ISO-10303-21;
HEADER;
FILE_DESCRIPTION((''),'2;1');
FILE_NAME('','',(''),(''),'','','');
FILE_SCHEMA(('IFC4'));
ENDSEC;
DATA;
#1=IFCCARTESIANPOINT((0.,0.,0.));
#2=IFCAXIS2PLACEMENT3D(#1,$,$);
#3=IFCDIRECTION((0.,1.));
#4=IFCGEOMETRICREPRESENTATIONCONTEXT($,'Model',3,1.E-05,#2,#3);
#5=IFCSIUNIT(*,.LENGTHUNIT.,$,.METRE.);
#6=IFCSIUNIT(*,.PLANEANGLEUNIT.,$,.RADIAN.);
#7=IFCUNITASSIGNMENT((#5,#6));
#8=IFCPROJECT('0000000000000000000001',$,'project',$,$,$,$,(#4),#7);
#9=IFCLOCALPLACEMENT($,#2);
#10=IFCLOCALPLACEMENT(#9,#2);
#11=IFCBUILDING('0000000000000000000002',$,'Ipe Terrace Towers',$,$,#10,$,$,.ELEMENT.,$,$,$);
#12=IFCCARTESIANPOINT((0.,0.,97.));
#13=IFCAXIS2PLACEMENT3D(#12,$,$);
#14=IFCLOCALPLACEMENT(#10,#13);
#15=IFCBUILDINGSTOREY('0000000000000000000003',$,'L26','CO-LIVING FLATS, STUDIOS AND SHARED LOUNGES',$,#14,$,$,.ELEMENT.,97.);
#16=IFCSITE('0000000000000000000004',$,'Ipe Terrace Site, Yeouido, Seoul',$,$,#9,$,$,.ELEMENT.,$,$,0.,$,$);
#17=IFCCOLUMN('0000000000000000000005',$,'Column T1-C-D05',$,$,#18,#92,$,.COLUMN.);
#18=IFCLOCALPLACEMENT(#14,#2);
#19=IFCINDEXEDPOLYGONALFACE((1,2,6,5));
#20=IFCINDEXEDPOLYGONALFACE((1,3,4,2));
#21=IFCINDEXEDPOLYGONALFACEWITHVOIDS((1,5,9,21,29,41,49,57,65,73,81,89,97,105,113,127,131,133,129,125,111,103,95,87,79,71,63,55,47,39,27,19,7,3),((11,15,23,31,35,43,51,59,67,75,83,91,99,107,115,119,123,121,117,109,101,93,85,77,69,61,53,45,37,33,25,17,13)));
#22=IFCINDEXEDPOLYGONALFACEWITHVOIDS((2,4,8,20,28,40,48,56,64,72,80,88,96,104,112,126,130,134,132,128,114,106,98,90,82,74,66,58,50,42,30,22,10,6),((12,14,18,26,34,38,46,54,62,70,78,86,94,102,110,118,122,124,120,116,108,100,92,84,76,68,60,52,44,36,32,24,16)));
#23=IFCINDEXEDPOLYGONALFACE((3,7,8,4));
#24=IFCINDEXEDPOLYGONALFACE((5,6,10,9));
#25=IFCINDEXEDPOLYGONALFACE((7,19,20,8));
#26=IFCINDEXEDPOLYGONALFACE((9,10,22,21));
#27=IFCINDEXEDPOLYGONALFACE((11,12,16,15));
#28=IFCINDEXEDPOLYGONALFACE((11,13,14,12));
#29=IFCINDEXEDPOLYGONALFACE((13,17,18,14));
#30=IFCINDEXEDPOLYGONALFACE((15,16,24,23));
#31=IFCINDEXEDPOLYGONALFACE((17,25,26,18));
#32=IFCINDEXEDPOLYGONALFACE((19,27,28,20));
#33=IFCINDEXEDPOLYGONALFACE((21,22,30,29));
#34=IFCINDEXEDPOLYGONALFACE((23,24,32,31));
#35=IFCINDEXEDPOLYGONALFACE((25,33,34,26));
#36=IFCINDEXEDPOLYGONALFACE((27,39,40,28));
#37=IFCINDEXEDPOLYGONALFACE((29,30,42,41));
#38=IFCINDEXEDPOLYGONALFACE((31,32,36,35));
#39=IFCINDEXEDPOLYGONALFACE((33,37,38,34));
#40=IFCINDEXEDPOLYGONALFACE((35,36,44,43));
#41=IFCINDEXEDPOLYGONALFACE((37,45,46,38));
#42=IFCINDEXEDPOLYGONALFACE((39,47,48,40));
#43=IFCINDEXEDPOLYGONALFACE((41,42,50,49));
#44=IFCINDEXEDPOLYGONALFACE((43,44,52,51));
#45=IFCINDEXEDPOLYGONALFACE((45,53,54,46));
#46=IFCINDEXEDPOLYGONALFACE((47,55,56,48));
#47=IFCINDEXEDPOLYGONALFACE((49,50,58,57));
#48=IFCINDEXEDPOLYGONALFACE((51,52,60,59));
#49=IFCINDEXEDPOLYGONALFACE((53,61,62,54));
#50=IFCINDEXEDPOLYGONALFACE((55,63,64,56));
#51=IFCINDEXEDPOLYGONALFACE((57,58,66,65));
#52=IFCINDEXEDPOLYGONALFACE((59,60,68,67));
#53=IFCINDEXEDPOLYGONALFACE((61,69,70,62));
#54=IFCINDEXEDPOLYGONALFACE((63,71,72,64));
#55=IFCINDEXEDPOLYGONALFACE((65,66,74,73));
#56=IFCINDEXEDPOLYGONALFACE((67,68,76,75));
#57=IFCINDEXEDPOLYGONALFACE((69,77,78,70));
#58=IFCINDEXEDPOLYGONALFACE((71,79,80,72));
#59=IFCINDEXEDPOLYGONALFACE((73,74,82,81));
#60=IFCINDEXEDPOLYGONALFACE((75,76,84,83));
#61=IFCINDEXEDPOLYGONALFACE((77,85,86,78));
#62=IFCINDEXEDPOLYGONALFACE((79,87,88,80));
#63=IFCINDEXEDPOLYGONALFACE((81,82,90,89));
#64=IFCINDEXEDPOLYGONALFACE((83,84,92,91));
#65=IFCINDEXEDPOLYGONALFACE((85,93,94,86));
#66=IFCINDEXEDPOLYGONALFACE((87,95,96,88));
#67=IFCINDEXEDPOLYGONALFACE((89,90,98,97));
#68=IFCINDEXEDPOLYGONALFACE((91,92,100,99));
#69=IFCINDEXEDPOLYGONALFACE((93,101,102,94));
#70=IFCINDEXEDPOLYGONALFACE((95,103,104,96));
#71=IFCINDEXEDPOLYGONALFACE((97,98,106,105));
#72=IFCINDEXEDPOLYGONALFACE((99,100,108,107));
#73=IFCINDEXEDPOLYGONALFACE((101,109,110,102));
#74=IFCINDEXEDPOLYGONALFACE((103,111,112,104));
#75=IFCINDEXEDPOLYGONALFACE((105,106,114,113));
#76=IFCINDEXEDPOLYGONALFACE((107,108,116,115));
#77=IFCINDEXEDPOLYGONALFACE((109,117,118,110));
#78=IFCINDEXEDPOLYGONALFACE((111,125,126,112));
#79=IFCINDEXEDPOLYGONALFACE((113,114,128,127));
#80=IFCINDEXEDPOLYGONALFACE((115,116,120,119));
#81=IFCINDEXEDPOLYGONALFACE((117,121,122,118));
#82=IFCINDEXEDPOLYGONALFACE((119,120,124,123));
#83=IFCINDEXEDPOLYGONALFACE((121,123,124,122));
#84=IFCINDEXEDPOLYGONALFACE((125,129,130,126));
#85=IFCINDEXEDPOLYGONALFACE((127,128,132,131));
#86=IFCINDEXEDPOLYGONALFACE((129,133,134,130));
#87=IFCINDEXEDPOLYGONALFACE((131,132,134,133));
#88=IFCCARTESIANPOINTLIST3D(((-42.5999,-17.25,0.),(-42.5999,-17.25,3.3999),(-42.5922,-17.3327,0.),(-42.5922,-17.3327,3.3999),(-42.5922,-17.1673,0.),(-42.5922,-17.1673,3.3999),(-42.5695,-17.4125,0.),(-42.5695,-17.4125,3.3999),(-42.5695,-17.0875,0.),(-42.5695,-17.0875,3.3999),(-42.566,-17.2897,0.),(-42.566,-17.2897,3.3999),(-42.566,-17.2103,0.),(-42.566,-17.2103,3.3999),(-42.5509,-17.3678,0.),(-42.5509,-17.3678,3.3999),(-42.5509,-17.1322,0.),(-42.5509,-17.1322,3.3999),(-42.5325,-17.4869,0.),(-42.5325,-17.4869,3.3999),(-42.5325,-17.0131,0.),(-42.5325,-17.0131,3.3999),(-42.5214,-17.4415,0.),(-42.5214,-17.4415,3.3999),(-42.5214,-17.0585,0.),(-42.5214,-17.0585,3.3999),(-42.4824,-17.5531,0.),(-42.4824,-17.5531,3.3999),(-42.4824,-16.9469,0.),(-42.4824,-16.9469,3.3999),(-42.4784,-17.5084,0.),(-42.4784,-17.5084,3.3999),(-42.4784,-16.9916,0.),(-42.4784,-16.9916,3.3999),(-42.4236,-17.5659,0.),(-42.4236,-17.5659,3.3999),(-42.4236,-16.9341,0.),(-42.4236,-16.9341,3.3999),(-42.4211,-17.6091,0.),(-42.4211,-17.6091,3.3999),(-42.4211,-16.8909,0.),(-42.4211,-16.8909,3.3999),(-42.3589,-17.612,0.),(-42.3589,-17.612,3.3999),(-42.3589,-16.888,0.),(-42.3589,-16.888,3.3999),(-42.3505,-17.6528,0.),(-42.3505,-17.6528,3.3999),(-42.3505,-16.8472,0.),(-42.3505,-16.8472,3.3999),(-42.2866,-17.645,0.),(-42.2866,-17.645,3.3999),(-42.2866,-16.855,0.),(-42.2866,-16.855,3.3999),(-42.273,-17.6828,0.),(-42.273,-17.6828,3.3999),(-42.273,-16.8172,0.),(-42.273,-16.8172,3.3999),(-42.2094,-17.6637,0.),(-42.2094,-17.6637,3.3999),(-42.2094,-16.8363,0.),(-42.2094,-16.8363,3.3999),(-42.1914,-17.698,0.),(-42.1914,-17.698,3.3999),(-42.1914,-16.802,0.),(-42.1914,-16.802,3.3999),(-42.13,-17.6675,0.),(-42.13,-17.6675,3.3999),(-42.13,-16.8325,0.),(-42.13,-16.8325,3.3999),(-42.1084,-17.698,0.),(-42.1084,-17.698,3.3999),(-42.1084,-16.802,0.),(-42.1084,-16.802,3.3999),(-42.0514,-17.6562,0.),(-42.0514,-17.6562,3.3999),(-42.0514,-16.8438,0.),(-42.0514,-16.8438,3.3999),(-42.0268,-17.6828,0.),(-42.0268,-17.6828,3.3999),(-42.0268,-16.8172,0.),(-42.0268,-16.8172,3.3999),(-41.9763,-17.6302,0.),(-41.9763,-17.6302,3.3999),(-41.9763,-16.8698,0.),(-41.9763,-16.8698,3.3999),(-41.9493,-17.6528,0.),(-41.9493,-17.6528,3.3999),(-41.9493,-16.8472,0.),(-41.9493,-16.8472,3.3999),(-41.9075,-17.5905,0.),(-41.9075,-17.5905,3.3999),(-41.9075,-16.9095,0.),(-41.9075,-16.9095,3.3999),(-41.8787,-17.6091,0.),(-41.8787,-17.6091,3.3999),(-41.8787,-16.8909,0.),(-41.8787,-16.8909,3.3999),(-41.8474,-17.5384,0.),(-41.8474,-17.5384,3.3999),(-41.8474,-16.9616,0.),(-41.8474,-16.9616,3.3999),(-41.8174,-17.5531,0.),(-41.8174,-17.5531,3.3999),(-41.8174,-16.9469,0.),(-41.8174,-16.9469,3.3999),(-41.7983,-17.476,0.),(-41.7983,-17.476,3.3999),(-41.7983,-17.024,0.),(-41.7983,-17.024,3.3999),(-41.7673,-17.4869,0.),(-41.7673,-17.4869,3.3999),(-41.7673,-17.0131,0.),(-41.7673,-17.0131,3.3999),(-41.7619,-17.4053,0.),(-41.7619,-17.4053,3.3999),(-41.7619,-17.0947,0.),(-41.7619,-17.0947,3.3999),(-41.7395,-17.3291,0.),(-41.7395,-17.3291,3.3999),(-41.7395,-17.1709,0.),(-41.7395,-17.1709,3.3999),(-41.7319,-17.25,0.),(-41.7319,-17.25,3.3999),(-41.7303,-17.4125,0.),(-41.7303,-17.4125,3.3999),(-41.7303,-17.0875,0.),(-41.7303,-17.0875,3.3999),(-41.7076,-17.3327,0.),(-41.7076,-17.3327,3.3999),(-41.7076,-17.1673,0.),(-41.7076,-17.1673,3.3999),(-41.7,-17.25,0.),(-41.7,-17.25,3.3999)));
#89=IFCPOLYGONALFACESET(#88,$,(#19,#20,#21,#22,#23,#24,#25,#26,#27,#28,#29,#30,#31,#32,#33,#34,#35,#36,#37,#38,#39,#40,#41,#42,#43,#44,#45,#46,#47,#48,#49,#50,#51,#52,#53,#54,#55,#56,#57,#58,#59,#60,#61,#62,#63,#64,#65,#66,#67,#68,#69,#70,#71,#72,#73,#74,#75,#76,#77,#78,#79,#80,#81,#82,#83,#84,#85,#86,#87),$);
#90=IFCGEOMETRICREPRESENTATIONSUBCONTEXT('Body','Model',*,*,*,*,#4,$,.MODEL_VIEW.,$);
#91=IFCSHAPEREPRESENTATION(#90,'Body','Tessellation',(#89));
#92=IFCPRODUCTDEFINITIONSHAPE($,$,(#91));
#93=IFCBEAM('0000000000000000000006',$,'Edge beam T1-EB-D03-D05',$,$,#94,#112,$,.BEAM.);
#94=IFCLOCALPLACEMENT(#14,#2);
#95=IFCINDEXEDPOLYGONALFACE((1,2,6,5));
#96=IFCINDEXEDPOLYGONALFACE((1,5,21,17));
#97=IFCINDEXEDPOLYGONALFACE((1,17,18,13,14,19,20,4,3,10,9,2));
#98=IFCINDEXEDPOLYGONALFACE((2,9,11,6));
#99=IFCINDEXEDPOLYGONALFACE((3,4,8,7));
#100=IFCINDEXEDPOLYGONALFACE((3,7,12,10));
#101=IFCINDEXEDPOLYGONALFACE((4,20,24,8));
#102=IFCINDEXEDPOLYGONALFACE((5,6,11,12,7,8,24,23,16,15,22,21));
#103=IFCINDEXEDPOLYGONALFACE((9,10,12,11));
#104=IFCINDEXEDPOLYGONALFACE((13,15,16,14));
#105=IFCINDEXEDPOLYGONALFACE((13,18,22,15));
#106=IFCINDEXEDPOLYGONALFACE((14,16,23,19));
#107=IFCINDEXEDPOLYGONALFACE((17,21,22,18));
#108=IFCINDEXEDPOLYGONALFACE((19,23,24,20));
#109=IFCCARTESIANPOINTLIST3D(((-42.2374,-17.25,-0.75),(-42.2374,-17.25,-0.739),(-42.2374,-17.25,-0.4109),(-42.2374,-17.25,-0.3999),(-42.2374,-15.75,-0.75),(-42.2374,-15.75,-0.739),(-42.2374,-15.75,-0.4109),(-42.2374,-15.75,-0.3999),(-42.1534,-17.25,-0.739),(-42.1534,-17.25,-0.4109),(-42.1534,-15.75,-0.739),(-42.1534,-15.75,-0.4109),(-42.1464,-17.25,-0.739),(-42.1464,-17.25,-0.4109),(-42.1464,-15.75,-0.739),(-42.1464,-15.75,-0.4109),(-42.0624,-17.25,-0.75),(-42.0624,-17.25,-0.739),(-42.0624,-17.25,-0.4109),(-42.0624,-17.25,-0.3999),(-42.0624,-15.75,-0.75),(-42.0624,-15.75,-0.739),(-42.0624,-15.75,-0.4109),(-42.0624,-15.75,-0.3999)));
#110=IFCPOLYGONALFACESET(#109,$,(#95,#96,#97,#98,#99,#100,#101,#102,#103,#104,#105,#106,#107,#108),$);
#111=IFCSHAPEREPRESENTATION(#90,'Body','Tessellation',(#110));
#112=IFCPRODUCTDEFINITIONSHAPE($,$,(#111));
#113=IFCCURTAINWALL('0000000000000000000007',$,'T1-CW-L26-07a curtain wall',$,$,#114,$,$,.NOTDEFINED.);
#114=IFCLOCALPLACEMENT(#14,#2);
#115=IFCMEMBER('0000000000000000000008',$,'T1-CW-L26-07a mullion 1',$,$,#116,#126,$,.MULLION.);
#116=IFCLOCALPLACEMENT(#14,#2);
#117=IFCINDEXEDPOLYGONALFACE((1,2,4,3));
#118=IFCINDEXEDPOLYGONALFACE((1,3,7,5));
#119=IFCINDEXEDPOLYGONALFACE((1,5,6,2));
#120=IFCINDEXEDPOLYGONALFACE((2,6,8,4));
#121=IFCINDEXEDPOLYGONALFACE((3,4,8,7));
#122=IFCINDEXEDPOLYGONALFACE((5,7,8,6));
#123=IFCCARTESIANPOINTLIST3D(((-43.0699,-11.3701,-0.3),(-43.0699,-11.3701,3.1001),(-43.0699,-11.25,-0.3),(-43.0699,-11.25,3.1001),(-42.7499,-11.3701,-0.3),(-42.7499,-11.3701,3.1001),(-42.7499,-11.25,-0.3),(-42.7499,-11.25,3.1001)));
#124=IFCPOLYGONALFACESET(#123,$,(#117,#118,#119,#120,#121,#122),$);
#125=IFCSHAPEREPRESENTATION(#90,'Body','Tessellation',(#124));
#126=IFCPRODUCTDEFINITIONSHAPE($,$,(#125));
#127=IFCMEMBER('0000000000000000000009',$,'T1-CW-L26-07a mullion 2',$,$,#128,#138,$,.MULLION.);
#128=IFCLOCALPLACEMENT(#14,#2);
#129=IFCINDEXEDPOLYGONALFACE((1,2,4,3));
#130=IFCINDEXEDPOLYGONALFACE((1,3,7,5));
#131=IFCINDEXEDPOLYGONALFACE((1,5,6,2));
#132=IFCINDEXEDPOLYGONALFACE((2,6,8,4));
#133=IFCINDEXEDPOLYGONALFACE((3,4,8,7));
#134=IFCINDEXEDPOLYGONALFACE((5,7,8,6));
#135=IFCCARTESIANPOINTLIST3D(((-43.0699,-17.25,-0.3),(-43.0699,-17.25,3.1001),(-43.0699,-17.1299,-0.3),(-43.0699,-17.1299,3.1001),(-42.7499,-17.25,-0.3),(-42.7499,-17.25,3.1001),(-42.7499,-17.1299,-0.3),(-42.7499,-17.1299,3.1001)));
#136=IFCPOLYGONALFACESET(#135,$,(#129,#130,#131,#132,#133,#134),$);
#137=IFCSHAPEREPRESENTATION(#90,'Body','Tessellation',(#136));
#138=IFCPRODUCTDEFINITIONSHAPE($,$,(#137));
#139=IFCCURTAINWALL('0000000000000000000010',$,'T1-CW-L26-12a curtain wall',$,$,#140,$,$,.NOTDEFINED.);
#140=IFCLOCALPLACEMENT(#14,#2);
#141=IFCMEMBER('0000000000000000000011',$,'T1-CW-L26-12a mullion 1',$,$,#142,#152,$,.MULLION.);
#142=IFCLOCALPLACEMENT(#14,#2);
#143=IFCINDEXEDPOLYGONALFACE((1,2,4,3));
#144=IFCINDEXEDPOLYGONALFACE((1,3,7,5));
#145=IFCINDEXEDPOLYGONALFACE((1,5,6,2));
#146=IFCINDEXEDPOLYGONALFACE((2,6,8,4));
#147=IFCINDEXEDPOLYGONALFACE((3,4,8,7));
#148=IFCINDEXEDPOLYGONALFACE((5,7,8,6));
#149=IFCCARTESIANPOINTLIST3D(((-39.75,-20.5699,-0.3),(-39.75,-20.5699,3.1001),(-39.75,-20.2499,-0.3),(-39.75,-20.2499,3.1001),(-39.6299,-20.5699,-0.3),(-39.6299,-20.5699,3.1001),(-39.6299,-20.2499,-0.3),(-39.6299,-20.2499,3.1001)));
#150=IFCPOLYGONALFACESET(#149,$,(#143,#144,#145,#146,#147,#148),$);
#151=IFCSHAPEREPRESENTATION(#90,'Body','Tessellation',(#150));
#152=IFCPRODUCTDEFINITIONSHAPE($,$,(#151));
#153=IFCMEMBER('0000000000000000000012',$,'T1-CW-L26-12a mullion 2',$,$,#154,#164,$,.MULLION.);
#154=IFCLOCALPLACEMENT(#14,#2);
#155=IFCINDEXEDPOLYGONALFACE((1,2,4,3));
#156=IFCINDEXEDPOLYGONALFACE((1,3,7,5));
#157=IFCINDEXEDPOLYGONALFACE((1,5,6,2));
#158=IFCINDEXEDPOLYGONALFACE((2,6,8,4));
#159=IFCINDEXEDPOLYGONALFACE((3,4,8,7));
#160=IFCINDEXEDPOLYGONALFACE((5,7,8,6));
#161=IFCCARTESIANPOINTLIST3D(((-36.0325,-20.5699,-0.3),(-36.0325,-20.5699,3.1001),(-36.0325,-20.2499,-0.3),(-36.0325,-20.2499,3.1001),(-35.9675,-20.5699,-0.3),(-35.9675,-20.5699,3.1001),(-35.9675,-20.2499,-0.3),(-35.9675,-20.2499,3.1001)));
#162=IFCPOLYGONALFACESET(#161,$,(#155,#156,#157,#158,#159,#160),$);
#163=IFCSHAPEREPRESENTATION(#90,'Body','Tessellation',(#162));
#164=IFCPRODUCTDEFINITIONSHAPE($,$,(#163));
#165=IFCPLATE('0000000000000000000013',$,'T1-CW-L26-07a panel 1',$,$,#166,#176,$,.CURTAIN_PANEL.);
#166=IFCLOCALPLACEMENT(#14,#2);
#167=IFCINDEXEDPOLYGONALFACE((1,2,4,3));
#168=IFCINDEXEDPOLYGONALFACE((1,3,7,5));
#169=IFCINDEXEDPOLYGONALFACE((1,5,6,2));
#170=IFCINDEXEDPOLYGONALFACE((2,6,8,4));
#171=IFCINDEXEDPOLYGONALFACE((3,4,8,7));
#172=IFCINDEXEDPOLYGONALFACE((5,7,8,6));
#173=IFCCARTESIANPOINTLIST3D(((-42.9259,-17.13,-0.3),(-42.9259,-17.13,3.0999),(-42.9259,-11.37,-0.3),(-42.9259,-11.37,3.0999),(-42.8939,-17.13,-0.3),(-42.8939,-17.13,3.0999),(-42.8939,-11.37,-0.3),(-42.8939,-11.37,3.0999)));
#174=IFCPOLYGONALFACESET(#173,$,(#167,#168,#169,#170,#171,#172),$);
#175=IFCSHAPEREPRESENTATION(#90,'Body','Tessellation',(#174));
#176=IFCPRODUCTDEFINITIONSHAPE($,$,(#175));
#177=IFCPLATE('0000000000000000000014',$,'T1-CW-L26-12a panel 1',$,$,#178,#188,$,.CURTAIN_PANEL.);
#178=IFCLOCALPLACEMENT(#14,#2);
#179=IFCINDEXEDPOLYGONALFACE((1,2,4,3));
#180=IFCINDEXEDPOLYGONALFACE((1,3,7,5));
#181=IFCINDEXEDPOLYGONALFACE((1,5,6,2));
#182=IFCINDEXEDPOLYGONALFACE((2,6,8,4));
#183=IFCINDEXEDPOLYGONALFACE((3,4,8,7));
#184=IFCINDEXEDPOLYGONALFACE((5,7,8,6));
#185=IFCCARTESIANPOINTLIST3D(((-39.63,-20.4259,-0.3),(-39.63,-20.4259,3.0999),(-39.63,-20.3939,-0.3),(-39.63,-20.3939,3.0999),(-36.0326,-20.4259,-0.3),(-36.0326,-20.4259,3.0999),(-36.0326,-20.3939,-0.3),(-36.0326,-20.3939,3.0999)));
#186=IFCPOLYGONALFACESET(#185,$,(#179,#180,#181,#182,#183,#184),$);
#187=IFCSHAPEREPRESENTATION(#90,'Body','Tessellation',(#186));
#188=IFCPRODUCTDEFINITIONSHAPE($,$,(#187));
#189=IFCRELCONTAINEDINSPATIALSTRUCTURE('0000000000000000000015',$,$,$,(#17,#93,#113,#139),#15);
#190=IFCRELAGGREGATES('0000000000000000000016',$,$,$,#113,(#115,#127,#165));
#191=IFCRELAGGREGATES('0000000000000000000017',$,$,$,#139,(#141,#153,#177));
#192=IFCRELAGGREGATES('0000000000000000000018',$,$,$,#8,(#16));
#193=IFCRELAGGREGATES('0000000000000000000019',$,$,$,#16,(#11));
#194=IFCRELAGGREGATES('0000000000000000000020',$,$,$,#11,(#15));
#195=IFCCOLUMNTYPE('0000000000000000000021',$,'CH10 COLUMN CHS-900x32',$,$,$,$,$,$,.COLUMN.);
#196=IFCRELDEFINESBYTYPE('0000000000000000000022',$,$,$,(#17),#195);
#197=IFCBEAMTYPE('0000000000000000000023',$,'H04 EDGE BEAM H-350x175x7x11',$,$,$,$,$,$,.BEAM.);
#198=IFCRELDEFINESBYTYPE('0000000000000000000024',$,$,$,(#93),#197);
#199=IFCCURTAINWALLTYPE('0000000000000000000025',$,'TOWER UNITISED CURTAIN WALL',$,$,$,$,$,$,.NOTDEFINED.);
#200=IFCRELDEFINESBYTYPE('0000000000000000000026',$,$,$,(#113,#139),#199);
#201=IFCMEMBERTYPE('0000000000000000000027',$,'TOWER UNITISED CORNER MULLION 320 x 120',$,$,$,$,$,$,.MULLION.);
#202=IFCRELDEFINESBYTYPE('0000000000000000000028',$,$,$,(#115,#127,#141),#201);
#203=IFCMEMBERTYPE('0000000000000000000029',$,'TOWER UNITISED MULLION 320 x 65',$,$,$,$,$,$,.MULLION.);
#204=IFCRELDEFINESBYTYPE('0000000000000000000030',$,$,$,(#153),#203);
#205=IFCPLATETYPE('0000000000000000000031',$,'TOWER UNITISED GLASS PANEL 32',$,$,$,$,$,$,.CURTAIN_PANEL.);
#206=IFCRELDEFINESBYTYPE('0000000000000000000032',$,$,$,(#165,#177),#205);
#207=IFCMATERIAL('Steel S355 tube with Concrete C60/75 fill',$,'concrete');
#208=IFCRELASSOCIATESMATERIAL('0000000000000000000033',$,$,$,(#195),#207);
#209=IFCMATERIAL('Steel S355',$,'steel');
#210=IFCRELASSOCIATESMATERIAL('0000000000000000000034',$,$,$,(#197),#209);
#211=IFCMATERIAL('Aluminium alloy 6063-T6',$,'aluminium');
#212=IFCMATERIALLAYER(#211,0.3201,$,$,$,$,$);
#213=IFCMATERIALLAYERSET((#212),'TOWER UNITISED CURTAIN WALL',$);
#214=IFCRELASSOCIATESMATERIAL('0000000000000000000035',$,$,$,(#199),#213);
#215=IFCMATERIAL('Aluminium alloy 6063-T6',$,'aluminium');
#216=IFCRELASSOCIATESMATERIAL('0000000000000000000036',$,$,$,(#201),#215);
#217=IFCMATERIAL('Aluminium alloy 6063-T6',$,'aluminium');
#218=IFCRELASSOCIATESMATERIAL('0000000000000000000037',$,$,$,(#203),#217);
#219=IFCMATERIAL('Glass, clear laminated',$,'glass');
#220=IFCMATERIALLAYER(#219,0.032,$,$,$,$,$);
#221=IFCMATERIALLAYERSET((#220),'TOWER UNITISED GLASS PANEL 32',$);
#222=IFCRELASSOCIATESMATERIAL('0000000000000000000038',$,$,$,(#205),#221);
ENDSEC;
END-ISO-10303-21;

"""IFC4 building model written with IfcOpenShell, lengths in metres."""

from ifc_helpers import new_model, si_unit, direction, frame, origin, origin_2d, place, context, subcontext, project, spatial, rectangle, hollow_circle, i_section, extrude, material, layer, layer_set, material_profile, profile_set, type_object, element, aggregate, save


model = new_model("IFC4")

# Units and contexts
model_context = context("Model", 3, precision=1e-05, world=origin(), true_north=direction((0.0, 1.0)))
body_context = subcontext(model_context, "Body", "Model", "MODEL_VIEW")
ifc_project = project(units=[si_unit("LENGTHUNIT", "METRE"), si_unit("PLANEANGLEUNIT", "RADIAN")], contexts=[model_context])

# Site, building, storey
site_placement = place(None, origin())
site = spatial("IfcSite", under=ifc_project, at=site_placement, Name="Ipe Terrace Site, Yeouido, Seoul", CompositionType="ELEMENT", RefElevation=0.0)
building_placement = place(site_placement, origin())
building = spatial("IfcBuilding", under=site, at=building_placement, Name="Ipe Terrace Towers", CompositionType="ELEMENT")
storey_placement = place(building_placement, frame((0.0, 0.0, 97.0)))
storey = spatial("IfcBuildingStorey", under=building, at=storey_placement, Name="L26", Description="CO-LIVING FLATS, STUDIOS AND SHARED LOUNGES", CompositionType="ELEMENT", Elevation=97.0)

# Column
ifc_material_1 = material(Name="Steel S355 tube with Concrete C60/75 fill", Category="concrete")
ifc_material_profile_1 = material_profile(ifc_material_1, hollow_circle(Radius=0.45, WallThickness=0.032, at=origin_2d()), Name="CHS-900x32")
ifc_profile_set_1 = profile_set([ifc_material_profile_1], Name="Steel S355 tube with Concrete C60/75 fill")
column_type_1 = type_object("IfcColumnType", Name="CH10 COLUMN CHS-900x32", PredefinedType="COLUMN", material=ifc_profile_set_1)
for number, where, z_axis, x_axis, name in (
    (1, (-42.1499, -17.25, 0.0), (0.0, 0.0, 1.0), (1.0, 0.0, 0.0), "Column T1-C-D05"),
):
    element("IfcColumn", number, at=place(storey_placement, frame(where, z_axis=z_axis, x_axis=x_axis)), inside=storey, type_object=column_type_1, Name=name, PredefinedType="COLUMN", context=body_context, shape_type="SweptSolid", body=[
        extrude(hollow_circle(Radius=0.45, WallThickness=0.032, at=origin_2d()), origin(), (0.0, 0.0, 1.0), 3.3999),
    ])

# Beam
ifc_material_2 = material(Name="Steel S355", Category="steel")
ifc_material_profile_2 = material_profile(ifc_material_2, i_section(OverallWidth=0.175, OverallDepth=0.3501, WebThickness=0.0071, FlangeThickness=0.011, at=origin_2d()), Name="H-350x175x7x11")
ifc_profile_set_2 = profile_set([ifc_material_profile_2], Name="Steel S355")
beam_type = type_object("IfcBeamType", Name="H04 EDGE BEAM H-350x175x7x11", PredefinedType="BEAM", material=ifc_profile_set_2)
beam_placement = place(storey_placement, frame((-42.1499, -15.75, -0.575), z_axis=(0.0, -1.0, 0.0), x_axis=(1.0, 0.0, 0.0)))
element("IfcBeam", 2, at=beam_placement, inside=storey, type_object=beam_type, Name="Edge beam T1-EB-D03-D05", PredefinedType="BEAM", context=body_context, shape_type="SweptSolid", body=[
    extrude(i_section(OverallWidth=0.175, OverallDepth=0.3501, WebThickness=0.0071, FlangeThickness=0.011, at=origin_2d()), origin(), (0.0, 0.0, 1.0), 1.5),
])

# Curtain walls, members
ifc_material_3 = material(Name="Aluminium alloy 6063-T6", Category="aluminium")
ifc_layer_1 = layer(ifc_material_3, 0.3201)
ifc_layer_set_1 = layer_set([ifc_layer_1], Name="TOWER UNITISED CURTAIN WALL")
curtain_wall_type = type_object("IfcCurtainWallType", Name="TOWER UNITISED CURTAIN WALL", PredefinedType="NOTDEFINED", material=ifc_layer_set_1)
curtain_wall_1_placement = place(storey_placement, origin())
curtain_wall_1 = element("IfcCurtainWall", 3, at=curtain_wall_1_placement, inside=storey, type_object=curtain_wall_type, Name="T1-CW-L26-07a curtain wall", PredefinedType="NOTDEFINED")
ifc_material_4 = material(Name="Aluminium alloy 6063-T6", Category="aluminium")
ifc_material_profile_3 = material_profile(ifc_material_4, rectangle(XDim=0.3201, YDim=0.1201, at=origin_2d()), Name="TOWER UNITISED CORNER MULLION 320 x 120")
ifc_profile_set_3 = profile_set([ifc_material_profile_3], Name="Aluminium alloy 6063-T6")
member_type_1 = type_object("IfcMemberType", Name="TOWER UNITISED CORNER MULLION 320 x 120", PredefinedType="MULLION", material=ifc_profile_set_3)
member_1_placement = place(storey_placement, frame((-42.9099, -11.3101, -0.3), z_axis=(0.0, 0.0, 1.0), x_axis=(-1.0, 0.0, 0.0)))
member_1 = element("IfcMember", 4, at=member_1_placement, type_object=member_type_1, Name="T1-CW-L26-07a mullion 1", PredefinedType="MULLION", context=body_context, shape_type="SweptSolid", body=[
    extrude(rectangle(XDim=0.3201, YDim=0.1201, at=origin_2d()), origin(), (0.0, 0.0, 1.0), 3.4001),
])
member_2_placement = place(storey_placement, frame((-42.9099, -17.1899, -0.3), z_axis=(0.0, 0.0, 1.0), x_axis=(-1.0, 0.0, 0.0)))
member_2 = element("IfcMember", 5, at=member_2_placement, type_object=member_type_1, Name="T1-CW-L26-07a mullion 2", PredefinedType="MULLION", context=body_context, shape_type="SweptSolid", body=[
    extrude(rectangle(XDim=0.3201, YDim=0.1201, at=origin_2d()), origin(), (0.0, 0.0, 1.0), 3.4001),
])
curtain_wall_2_placement = place(storey_placement, origin())
curtain_wall_2 = element("IfcCurtainWall", 6, at=curtain_wall_2_placement, inside=storey, type_object=curtain_wall_type, Name="T1-CW-L26-12a curtain wall", PredefinedType="NOTDEFINED")
member_3_placement = place(storey_placement, frame((-39.6899, -20.4099, -0.3), z_axis=(0.0, 0.0, 1.0), x_axis=(0.0, -1.0, 0.0)))
member_3 = element("IfcMember", 7, at=member_3_placement, type_object=member_type_1, Name="T1-CW-L26-12a mullion 1", PredefinedType="MULLION", context=body_context, shape_type="SweptSolid", body=[
    extrude(rectangle(XDim=0.3201, YDim=0.1201, at=origin_2d()), origin(), (0.0, 0.0, 1.0), 3.4001),
])
ifc_material_5 = material(Name="Aluminium alloy 6063-T6", Category="aluminium")
ifc_material_profile_4 = material_profile(ifc_material_5, rectangle(XDim=0.3201, YDim=0.0649, at=origin_2d()), Name="TOWER UNITISED MULLION 320 x 65")
ifc_profile_set_4 = profile_set([ifc_material_profile_4], Name="Aluminium alloy 6063-T6")
member_type_2 = type_object("IfcMemberType", Name="TOWER UNITISED MULLION 320 x 65", PredefinedType="MULLION", material=ifc_profile_set_4)
member_4_placement = place(storey_placement, frame((-36.0, -20.4099, -0.3), z_axis=(0.0, 0.0, 1.0), x_axis=(0.0, -1.0, 0.0)))
member_4 = element("IfcMember", 8, at=member_4_placement, type_object=member_type_2, Name="T1-CW-L26-12a mullion 2", PredefinedType="MULLION", context=body_context, shape_type="SweptSolid", body=[
    extrude(rectangle(XDim=0.3201, YDim=0.0649, at=origin_2d()), origin(), (0.0, 0.0, 1.0), 3.4001),
])

# Plates
ifc_material_6 = material(Name="Glass, clear laminated", Category="glass")
ifc_layer_2 = layer(ifc_material_6, 0.032)
ifc_layer_set_2 = layer_set([ifc_layer_2], Name="TOWER UNITISED GLASS PANEL 32")
plate_type = type_object("IfcPlateType", Name="TOWER UNITISED GLASS PANEL 32", PredefinedType="CURTAIN_PANEL", material=ifc_layer_set_2)
plate_1_placement = place(storey_placement, frame((-42.9099, -14.25, -0.3), z_axis=(0.0, 0.0, 1.0), x_axis=(0.0, -1.0, 0.0)))
plate_1 = element("IfcPlate", 9, at=plate_1_placement, type_object=plate_type, Name="T1-CW-L26-07a panel 1", PredefinedType="CURTAIN_PANEL", context=body_context, shape_type="SweptSolid", body=[
    extrude(rectangle(XDim=5.76, YDim=0.032, at=origin_2d()), origin(), (0.0, 0.0, 1.0), 3.3999),
])
aggregate(curtain_wall_1, [member_1, member_2, plate_1])
plate_2_placement = place(storey_placement, frame((-37.8313, -20.4099, -0.3), z_axis=(0.0, 0.0, 1.0), x_axis=(1.0, 0.0, 0.0)))
plate_2 = element("IfcPlate", 10, at=plate_2_placement, type_object=plate_type, Name="T1-CW-L26-12a panel 1", PredefinedType="CURTAIN_PANEL", context=body_context, shape_type="SweptSolid", body=[
    extrude(rectangle(XDim=3.5974, YDim=0.032, at=origin_2d()), origin(), (0.0, 0.0, 1.0), 3.3999),
])
aggregate(curtain_wall_2, [member_3, member_4, plate_2])

save(model, "model.ifc")
